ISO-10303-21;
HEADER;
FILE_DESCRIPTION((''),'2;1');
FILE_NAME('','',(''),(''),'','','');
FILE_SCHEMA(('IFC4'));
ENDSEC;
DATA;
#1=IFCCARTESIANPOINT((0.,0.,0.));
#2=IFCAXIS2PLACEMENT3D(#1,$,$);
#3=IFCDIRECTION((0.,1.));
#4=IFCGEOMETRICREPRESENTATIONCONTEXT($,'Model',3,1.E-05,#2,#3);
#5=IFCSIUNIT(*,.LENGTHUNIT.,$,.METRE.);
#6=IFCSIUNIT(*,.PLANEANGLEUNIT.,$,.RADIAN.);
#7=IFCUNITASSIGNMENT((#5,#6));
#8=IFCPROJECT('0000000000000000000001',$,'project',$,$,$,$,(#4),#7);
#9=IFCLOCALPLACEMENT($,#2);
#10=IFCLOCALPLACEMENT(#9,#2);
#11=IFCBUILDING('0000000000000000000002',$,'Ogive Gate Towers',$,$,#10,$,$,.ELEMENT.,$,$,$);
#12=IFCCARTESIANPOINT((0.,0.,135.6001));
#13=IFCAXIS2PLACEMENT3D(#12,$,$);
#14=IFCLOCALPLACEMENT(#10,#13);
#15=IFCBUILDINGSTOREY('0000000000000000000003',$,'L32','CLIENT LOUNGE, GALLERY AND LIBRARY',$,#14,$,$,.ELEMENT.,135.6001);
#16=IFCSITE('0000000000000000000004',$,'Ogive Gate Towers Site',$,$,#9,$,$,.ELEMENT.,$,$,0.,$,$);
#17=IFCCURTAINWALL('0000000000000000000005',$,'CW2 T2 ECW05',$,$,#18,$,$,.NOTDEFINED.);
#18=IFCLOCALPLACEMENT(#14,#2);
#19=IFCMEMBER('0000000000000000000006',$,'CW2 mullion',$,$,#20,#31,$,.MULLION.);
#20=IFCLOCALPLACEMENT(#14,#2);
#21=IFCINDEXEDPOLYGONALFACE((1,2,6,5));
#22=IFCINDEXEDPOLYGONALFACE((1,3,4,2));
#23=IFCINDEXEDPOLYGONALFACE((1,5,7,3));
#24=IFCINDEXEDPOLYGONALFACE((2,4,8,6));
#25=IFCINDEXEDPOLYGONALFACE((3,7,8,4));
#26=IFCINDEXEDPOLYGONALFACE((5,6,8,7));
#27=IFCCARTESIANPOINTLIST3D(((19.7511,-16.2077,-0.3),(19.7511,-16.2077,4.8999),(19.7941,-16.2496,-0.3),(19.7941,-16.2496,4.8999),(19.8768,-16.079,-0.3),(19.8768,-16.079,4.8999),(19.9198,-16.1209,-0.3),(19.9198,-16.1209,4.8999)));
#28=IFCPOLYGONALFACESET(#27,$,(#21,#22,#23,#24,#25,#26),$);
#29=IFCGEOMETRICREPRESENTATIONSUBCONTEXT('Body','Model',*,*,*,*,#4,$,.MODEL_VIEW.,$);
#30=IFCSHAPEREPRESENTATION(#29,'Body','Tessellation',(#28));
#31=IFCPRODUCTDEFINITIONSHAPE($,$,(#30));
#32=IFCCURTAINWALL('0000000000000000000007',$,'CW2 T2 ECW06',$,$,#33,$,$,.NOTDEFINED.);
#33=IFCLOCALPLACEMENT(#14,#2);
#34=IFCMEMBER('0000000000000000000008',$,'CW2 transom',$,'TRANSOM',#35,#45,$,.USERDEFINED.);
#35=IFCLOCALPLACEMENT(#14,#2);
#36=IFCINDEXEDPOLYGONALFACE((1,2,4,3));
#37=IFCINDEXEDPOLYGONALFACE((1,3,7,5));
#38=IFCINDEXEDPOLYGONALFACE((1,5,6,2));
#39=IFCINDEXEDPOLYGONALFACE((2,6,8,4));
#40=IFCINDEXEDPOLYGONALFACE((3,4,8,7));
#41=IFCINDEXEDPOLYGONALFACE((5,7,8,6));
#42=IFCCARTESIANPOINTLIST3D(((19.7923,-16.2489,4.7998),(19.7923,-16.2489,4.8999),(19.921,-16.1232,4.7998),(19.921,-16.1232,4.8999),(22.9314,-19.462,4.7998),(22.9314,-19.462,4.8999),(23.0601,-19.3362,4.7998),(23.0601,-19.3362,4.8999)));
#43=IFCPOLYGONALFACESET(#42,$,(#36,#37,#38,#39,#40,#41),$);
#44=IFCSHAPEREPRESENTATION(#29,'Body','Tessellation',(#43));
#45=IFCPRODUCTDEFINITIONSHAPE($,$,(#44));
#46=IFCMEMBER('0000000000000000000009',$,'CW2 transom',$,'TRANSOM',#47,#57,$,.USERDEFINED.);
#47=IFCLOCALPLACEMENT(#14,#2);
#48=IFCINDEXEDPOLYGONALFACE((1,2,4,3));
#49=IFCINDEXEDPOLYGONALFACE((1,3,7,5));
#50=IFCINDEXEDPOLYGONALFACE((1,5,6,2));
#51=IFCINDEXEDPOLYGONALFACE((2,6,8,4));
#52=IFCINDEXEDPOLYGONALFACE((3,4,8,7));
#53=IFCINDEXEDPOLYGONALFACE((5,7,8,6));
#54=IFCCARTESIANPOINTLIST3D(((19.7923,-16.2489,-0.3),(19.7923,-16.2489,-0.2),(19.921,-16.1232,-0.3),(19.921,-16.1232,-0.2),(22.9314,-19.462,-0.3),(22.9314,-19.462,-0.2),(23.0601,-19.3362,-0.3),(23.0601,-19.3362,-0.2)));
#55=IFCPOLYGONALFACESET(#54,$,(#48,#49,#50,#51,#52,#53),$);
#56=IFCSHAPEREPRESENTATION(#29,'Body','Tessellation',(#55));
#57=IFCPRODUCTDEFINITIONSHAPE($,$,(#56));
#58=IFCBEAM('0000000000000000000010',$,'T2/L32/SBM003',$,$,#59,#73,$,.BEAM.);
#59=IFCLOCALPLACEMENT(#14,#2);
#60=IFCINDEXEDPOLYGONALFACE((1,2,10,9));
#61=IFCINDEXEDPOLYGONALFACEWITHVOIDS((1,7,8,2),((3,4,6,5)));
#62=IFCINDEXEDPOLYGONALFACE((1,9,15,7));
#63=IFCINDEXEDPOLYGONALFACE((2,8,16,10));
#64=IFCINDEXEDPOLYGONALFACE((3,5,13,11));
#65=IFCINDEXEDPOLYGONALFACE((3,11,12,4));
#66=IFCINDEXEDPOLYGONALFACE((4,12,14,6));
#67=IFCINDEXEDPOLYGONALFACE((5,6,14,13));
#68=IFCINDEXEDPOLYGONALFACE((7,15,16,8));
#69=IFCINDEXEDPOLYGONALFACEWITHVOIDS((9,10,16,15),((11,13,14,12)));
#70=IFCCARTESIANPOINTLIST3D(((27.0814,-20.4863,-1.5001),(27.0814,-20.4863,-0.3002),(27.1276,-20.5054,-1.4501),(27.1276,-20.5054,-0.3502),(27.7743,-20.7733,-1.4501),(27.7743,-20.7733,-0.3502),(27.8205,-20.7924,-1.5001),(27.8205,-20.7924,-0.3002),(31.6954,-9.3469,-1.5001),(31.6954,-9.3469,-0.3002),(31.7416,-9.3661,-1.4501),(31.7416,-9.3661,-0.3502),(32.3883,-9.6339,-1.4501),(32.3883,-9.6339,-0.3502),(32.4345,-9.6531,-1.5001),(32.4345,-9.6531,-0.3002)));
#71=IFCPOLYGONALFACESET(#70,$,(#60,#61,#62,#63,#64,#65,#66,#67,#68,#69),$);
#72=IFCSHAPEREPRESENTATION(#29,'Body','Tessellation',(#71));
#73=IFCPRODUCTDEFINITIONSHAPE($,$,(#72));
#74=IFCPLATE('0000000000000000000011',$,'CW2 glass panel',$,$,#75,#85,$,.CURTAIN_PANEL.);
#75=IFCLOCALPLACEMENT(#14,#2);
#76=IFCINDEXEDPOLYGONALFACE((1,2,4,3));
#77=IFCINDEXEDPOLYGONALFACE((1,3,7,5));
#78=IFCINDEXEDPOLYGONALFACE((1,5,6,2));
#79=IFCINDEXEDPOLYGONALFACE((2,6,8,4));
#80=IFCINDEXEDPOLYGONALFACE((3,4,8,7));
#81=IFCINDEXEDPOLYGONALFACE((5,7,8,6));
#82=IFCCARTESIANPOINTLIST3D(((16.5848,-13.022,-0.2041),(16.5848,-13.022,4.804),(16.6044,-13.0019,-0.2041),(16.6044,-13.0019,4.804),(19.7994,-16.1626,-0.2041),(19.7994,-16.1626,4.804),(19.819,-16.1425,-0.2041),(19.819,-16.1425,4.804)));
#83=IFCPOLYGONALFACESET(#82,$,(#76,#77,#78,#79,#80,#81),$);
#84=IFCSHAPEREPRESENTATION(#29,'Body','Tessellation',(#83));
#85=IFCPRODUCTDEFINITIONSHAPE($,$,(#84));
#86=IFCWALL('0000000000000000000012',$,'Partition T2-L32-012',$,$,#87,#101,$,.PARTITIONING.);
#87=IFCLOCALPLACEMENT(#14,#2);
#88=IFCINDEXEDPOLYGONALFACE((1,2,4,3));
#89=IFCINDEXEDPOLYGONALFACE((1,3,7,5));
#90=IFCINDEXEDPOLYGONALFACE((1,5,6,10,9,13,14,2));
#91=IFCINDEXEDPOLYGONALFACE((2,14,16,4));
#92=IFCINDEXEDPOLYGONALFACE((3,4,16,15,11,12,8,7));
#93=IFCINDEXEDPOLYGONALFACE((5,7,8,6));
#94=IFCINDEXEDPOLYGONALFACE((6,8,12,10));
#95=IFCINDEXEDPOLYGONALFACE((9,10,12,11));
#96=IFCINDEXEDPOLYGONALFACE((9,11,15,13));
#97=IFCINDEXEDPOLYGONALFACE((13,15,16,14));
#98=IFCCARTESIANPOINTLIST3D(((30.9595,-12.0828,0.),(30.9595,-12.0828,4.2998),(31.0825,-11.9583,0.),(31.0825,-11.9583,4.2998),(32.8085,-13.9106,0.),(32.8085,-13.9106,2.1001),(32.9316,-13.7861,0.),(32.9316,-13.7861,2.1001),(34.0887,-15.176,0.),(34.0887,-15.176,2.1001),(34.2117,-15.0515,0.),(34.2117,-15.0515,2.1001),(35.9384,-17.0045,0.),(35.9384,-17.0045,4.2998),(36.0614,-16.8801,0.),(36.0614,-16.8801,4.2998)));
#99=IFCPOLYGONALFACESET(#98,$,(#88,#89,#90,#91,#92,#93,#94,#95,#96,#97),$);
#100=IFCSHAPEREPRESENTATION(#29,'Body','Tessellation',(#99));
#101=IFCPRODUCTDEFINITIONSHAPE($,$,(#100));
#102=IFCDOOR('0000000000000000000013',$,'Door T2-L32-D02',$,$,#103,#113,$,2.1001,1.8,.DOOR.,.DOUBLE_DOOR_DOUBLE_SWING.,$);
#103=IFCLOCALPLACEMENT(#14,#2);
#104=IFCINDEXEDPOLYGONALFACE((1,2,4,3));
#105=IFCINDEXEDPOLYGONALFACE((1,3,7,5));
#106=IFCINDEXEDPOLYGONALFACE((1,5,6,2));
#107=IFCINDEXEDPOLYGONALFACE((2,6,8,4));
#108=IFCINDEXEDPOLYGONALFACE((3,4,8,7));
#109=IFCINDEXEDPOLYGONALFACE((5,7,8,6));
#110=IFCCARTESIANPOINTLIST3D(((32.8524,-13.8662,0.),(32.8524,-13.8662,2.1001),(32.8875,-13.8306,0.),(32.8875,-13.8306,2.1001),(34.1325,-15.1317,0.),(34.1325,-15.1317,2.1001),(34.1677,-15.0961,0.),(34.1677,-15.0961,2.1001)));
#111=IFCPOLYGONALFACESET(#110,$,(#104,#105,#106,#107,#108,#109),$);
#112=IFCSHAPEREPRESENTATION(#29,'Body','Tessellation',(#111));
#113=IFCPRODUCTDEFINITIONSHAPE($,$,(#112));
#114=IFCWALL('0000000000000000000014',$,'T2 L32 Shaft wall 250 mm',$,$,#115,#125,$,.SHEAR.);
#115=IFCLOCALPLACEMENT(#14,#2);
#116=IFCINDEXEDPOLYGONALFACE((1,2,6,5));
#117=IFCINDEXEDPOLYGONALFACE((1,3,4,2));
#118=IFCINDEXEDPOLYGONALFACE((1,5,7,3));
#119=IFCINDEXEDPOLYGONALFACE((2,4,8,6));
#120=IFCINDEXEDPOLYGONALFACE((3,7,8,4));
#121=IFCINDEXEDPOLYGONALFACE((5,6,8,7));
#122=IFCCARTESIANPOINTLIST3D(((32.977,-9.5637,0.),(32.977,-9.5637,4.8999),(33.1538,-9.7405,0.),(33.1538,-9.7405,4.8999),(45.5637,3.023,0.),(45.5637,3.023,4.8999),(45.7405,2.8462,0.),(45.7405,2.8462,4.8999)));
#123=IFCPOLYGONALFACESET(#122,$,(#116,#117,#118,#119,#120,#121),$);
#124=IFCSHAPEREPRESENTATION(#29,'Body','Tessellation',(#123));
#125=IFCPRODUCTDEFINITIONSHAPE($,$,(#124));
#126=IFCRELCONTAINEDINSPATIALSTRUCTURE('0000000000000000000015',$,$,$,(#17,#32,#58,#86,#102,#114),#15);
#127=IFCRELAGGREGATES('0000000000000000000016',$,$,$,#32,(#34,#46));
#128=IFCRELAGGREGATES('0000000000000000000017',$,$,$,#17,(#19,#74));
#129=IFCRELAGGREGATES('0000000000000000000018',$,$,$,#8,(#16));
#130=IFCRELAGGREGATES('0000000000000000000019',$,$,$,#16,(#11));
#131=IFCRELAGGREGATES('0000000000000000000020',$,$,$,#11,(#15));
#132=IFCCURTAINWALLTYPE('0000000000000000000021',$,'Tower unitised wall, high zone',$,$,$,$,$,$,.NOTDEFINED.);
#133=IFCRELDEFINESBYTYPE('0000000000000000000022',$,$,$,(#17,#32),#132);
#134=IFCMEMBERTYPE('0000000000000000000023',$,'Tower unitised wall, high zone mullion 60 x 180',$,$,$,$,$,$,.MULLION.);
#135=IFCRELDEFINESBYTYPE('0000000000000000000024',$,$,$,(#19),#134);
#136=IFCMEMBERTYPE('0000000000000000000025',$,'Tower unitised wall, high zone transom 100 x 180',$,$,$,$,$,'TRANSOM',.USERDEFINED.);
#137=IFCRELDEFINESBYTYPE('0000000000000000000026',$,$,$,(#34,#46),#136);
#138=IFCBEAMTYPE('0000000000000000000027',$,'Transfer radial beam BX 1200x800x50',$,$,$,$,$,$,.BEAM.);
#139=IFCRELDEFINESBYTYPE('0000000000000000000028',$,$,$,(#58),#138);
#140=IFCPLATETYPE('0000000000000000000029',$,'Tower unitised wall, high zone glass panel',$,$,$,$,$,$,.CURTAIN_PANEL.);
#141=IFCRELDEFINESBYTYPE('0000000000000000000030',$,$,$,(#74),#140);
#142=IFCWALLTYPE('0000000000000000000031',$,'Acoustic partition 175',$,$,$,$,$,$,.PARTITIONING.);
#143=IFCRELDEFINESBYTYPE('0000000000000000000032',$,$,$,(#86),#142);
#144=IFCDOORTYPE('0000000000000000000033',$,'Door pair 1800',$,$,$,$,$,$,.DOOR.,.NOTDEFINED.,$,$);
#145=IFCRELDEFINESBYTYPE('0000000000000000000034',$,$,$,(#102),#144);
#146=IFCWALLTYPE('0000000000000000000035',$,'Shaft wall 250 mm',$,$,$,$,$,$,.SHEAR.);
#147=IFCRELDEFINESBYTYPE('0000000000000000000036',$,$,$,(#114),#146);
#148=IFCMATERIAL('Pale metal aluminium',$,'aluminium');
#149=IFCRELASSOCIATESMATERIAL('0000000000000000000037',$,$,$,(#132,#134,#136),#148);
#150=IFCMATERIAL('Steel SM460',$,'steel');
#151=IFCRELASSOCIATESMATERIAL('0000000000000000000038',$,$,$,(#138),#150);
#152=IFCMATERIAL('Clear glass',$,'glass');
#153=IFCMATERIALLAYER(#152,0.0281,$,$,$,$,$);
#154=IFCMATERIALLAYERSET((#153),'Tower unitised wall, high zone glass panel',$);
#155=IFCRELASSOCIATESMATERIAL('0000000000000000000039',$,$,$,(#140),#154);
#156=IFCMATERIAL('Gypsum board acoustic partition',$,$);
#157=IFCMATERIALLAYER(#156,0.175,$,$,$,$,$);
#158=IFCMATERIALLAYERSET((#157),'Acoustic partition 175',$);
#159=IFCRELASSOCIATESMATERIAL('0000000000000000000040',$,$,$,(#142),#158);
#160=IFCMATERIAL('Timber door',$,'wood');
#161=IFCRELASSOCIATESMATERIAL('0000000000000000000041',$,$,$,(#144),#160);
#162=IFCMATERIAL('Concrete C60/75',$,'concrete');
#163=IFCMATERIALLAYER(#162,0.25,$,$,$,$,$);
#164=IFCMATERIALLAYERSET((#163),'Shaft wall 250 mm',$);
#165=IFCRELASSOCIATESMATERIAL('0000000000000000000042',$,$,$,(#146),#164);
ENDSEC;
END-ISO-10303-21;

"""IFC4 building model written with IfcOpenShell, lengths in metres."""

from ifc_helpers import new_model, si_unit, direction, frame, frame_2d, origin, origin_2d, place, context, subcontext, project, spatial, rectangle, hollow_rectangle, extrude, material, layer, layer_set, material_profile, profile_set, type_object, element, fill, aggregate, save


model = new_model("IFC4")

# Units and contexts
model_context = context("Model", 3, precision=1e-05, world=origin(), true_north=direction((0.0, 1.0)))
body_context = subcontext(model_context, "Body", "Model", "MODEL_VIEW")
ifc_project = project(units=[si_unit("LENGTHUNIT", "METRE"), si_unit("PLANEANGLEUNIT", "RADIAN")], contexts=[model_context])

# Site, building, storey
site_placement = place(None, origin())
site = spatial("IfcSite", under=ifc_project, at=site_placement, Name="Ogive Gate Towers Site", CompositionType="ELEMENT", RefElevation=0.0)
building_placement = place(site_placement, origin())
building = spatial("IfcBuilding", under=site, at=building_placement, Name="Ogive Gate Towers", CompositionType="ELEMENT")
storey_placement = place(building_placement, frame((0.0, 0.0, 135.6001)))
storey = spatial("IfcBuildingStorey", under=building, at=storey_placement, Name="L32", Description="CLIENT LOUNGE, GALLERY AND LIBRARY", CompositionType="ELEMENT", Elevation=135.6001)

# Curtain wall, member
ifc_material_1 = material(Name="Pale metal aluminium", Category="aluminium")
curtain_wall_type = type_object("IfcCurtainWallType", Name="Tower unitised wall, high zone", PredefinedType="NOTDEFINED", material=ifc_material_1)
curtain_wall_1_placement = place(storey_placement, origin())
curtain_wall_1 = element("IfcCurtainWall", 1, at=curtain_wall_1_placement, inside=storey, type_object=curtain_wall_type, Name="CW2 T2 ECW05", PredefinedType="NOTDEFINED")
ifc_material_profile_1 = material_profile(ifc_material_1, rectangle(XDim=0.1799, YDim=0.0601, at=origin_2d()), Name="60 x 180 aluminium box")
ifc_profile_set_1 = profile_set([ifc_material_profile_1], Name="Pale metal aluminium")
member_type_1 = type_object("IfcMemberType", Name="Tower unitised wall, high zone mullion 60 x 180", PredefinedType="MULLION", material=ifc_profile_set_1)
member_1_placement = place(storey_placement, frame((19.8354, -16.1643, -0.3), z_axis=(0.0, 0.0, 1.0), x_axis=(-0.698815, -0.715303, 0.0)))
member_1 = element("IfcMember", 2, at=member_1_placement, type_object=member_type_1, Name="CW2 mullion", PredefinedType="MULLION", context=body_context, shape_type="SweptSolid", body=[
    extrude(rectangle(XDim=0.1799, YDim=0.0601, at=origin_2d()), origin(), (0.0, 0.0, 1.0), 5.2),
])

# Curtain wall, members
curtain_wall_2_placement = place(storey_placement, origin())
curtain_wall_2 = element("IfcCurtainWall", 3, at=curtain_wall_2_placement, inside=storey, type_object=curtain_wall_type, Name="CW2 T2 ECW06", PredefinedType="NOTDEFINED")
ifc_material_profile_2 = material_profile(ifc_material_1, rectangle(XDim=0.1799, YDim=0.1001, at=origin_2d()), Name="100 x 180 aluminium box")
ifc_profile_set_2 = profile_set([ifc_material_profile_2], Name="Pale metal aluminium")
member_type_2 = type_object("IfcMemberType", Name="Tower unitised wall, high zone transom 100 x 180", ElementType="TRANSOM", PredefinedType="USERDEFINED", material=ifc_profile_set_2)
member_2_placement = place(storey_placement, frame((19.8567, -16.186, 4.8499), z_axis=(0.698825, -0.715293, 0.0), x_axis=(0.715293, 0.698825, 0.0)))
member_2 = element("IfcMember", 4, at=member_2_placement, type_object=member_type_2, Name="CW2 transom", ObjectType="TRANSOM", PredefinedType="USERDEFINED", context=body_context, shape_type="SweptSolid", body=[
    extrude(rectangle(XDim=0.1799, YDim=0.1001, at=origin_2d()), origin(), (0.0, 0.0, 1.0), 4.4919),
])
member_3_placement = place(storey_placement, frame((19.8567, -16.186, -0.25), z_axis=(0.698825, -0.715293, 0.0), x_axis=(0.715293, 0.698825, 0.0)))
member_3 = element("IfcMember", 5, at=member_3_placement, type_object=member_type_2, Name="CW2 transom", ObjectType="TRANSOM", PredefinedType="USERDEFINED", context=body_context, shape_type="SweptSolid", body=[
    extrude(rectangle(XDim=0.1799, YDim=0.1001, at=origin_2d()), origin(), (0.0, 0.0, 1.0), 4.4919),
])
aggregate(curtain_wall_2, [member_2, member_3])

# Beam
ifc_material_2 = material(Name="Steel SM460", Category="steel")
ifc_material_profile_3 = material_profile(ifc_material_2, hollow_rectangle(XDim=0.8, YDim=1.2, WallThickness=0.05, at=origin_2d()), Name="BX 1200x800x50")
ifc_profile_set_3 = profile_set([ifc_material_profile_3], Name="Steel SM460")
beam_type = type_object("IfcBeamType", Name="Transfer radial beam BX 1200x800x50", PredefinedType="BEAM", material=ifc_profile_set_3)
beam_placement = place(storey_placement, frame((32.0649, -9.5, -0.9001), z_axis=(-0.382678, -0.923882, 0.0), x_axis=(0.923882, -0.382678, 0.0)))
element("IfcBeam", 6, at=beam_placement, inside=storey, type_object=beam_type, Name="T2/L32/SBM003", PredefinedType="BEAM", context=body_context, shape_type="SweptSolid", body=[
    extrude(hollow_rectangle(XDim=0.8, YDim=1.2, WallThickness=0.05, at=origin_2d()), origin(), (0.0, 0.0, 1.0), 12.0571),
])

# Plate
ifc_material_3 = material(Name="Clear glass", Category="glass")
ifc_layer_1 = layer(ifc_material_3, 0.0281)
ifc_layer_set_1 = layer_set([ifc_layer_1], Name="Tower unitised wall, high zone glass panel")
plate_type = type_object("IfcPlateType", Name="Tower unitised wall, high zone glass panel", PredefinedType="CURTAIN_PANEL", material=ifc_layer_set_1)
plate_placement = place(storey_placement, frame((18.2019, -14.5823, -0.2041), z_axis=(0.0, 0.0, 1.0), x_axis=(0.715303, -0.698815, 0.0)))
plate = element("IfcPlate", 7, at=plate_placement, type_object=plate_type, Name="CW2 glass panel", PredefinedType="CURTAIN_PANEL", context=body_context, shape_type="SweptSolid", body=[
    extrude(rectangle(XDim=4.4941, YDim=0.0281, at=origin_2d()), origin(), (0.0, 0.0, 1.0), 5.0081),
])
aggregate(curtain_wall_1, [member_1, plate])

# Wall, opening, door
ifc_material_4 = material(Name="Gypsum board acoustic partition")
ifc_layer_2 = layer(ifc_material_4, 0.175)
ifc_layer_set_2 = layer_set([ifc_layer_2], Name="Acoustic partition 175")
wall_type_1 = type_object("IfcWallType", Name="Acoustic partition 175", PredefinedType="PARTITIONING", material=ifc_layer_set_2)
wall_1_placement = place(storey_placement, frame((31.021, -12.0205, 0.0), z_axis=(0.0, 0.0, 1.0), x_axis=(0.711175, -0.703015, 0.0)))
wall_1 = element("IfcWall", 8, at=wall_1_placement, inside=storey, type_object=wall_type_1, Name="Partition T2-L32-012", PredefinedType="PARTITIONING", context=body_context, shape_type="SweptSolid", body=[
    extrude(rectangle(XDim=7.001, YDim=0.175, at=frame_2d((3.5005, 0.0))), origin(), (0.0, 0.0, 1.0), 4.2998),
])
opening_1_placement = place(wall_1_placement, frame((2.6001, 0.0, 0.0)))
opening_1 = element("IfcOpeningElement", 9, at=opening_1_placement, cuts=wall_1, PredefinedType="OPENING", context=body_context, shape_type="SweptSolid", body=[
    extrude(rectangle(XDim=1.8, YDim=2.1001, at=frame_2d((0.8999, 1.05))), frame((0.0, 0.0977, 0.0), z_axis=(0.0, -1.0, 0.0), x_axis=(1.0, 0.0, 0.0)), (0.0, 0.0, 1.0), 0.1951),
])
ifc_material_5 = material(Name="Timber door", Category="wood")
door_type_1 = type_object("IfcDoorType", Name="Door pair 1800", OperationType="NOTDEFINED", PredefinedType="DOOR", material=ifc_material_5)
door_1_placement = place(opening_1_placement, origin())
door_1 = element("IfcDoor", 10, at=door_1_placement, inside=storey, type_object=door_type_1, Name="Door T2-L32-D02", OperationType="DOUBLE_DOOR_DOUBLE_SWING", OverallHeight=2.1001, OverallWidth=1.8, PredefinedType="DOOR", context=body_context, shape_type="SweptSolid", body=[
    extrude(rectangle(XDim=1.8, YDim=2.1001, at=frame_2d((0.8999, 1.05))), frame((0.0, 0.0249, 0.0), z_axis=(0.0, -1.0, 0.0), x_axis=(1.0, 0.0, 0.0)), (0.0, 0.0, 1.0), 0.05),
])
fill(opening_1, door_1)

# Wall
ifc_material_6 = material(Name="Concrete C60/75", Category="concrete")
ifc_layer_3 = layer(ifc_material_6, 0.25)
ifc_layer_set_3 = layer_set([ifc_layer_3], Name="Shaft wall 250 mm")
wall_type_2 = type_object("IfcWallType", Name="Shaft wall 250 mm", PredefinedType="SHEAR", material=ifc_layer_set_3)
wall_2_placement = place(storey_placement, frame((33.0654, -9.6521, 0.0), z_axis=(0.0, 0.0, 1.0), x_axis=(0.707107, 0.707107, 0.0)))
element("IfcWall", 11, at=wall_2_placement, inside=storey, type_object=wall_type_2, Name="T2 L32 Shaft wall 250 mm", PredefinedType="SHEAR", context=body_context, shape_type="SweptSolid", body=[
    extrude(rectangle(XDim=17.8003, YDim=0.25, at=frame_2d((8.9001, 0.0))), origin(), (0.0, 0.0, 1.0), 4.8999),
])

save(model, "model.ifc")
